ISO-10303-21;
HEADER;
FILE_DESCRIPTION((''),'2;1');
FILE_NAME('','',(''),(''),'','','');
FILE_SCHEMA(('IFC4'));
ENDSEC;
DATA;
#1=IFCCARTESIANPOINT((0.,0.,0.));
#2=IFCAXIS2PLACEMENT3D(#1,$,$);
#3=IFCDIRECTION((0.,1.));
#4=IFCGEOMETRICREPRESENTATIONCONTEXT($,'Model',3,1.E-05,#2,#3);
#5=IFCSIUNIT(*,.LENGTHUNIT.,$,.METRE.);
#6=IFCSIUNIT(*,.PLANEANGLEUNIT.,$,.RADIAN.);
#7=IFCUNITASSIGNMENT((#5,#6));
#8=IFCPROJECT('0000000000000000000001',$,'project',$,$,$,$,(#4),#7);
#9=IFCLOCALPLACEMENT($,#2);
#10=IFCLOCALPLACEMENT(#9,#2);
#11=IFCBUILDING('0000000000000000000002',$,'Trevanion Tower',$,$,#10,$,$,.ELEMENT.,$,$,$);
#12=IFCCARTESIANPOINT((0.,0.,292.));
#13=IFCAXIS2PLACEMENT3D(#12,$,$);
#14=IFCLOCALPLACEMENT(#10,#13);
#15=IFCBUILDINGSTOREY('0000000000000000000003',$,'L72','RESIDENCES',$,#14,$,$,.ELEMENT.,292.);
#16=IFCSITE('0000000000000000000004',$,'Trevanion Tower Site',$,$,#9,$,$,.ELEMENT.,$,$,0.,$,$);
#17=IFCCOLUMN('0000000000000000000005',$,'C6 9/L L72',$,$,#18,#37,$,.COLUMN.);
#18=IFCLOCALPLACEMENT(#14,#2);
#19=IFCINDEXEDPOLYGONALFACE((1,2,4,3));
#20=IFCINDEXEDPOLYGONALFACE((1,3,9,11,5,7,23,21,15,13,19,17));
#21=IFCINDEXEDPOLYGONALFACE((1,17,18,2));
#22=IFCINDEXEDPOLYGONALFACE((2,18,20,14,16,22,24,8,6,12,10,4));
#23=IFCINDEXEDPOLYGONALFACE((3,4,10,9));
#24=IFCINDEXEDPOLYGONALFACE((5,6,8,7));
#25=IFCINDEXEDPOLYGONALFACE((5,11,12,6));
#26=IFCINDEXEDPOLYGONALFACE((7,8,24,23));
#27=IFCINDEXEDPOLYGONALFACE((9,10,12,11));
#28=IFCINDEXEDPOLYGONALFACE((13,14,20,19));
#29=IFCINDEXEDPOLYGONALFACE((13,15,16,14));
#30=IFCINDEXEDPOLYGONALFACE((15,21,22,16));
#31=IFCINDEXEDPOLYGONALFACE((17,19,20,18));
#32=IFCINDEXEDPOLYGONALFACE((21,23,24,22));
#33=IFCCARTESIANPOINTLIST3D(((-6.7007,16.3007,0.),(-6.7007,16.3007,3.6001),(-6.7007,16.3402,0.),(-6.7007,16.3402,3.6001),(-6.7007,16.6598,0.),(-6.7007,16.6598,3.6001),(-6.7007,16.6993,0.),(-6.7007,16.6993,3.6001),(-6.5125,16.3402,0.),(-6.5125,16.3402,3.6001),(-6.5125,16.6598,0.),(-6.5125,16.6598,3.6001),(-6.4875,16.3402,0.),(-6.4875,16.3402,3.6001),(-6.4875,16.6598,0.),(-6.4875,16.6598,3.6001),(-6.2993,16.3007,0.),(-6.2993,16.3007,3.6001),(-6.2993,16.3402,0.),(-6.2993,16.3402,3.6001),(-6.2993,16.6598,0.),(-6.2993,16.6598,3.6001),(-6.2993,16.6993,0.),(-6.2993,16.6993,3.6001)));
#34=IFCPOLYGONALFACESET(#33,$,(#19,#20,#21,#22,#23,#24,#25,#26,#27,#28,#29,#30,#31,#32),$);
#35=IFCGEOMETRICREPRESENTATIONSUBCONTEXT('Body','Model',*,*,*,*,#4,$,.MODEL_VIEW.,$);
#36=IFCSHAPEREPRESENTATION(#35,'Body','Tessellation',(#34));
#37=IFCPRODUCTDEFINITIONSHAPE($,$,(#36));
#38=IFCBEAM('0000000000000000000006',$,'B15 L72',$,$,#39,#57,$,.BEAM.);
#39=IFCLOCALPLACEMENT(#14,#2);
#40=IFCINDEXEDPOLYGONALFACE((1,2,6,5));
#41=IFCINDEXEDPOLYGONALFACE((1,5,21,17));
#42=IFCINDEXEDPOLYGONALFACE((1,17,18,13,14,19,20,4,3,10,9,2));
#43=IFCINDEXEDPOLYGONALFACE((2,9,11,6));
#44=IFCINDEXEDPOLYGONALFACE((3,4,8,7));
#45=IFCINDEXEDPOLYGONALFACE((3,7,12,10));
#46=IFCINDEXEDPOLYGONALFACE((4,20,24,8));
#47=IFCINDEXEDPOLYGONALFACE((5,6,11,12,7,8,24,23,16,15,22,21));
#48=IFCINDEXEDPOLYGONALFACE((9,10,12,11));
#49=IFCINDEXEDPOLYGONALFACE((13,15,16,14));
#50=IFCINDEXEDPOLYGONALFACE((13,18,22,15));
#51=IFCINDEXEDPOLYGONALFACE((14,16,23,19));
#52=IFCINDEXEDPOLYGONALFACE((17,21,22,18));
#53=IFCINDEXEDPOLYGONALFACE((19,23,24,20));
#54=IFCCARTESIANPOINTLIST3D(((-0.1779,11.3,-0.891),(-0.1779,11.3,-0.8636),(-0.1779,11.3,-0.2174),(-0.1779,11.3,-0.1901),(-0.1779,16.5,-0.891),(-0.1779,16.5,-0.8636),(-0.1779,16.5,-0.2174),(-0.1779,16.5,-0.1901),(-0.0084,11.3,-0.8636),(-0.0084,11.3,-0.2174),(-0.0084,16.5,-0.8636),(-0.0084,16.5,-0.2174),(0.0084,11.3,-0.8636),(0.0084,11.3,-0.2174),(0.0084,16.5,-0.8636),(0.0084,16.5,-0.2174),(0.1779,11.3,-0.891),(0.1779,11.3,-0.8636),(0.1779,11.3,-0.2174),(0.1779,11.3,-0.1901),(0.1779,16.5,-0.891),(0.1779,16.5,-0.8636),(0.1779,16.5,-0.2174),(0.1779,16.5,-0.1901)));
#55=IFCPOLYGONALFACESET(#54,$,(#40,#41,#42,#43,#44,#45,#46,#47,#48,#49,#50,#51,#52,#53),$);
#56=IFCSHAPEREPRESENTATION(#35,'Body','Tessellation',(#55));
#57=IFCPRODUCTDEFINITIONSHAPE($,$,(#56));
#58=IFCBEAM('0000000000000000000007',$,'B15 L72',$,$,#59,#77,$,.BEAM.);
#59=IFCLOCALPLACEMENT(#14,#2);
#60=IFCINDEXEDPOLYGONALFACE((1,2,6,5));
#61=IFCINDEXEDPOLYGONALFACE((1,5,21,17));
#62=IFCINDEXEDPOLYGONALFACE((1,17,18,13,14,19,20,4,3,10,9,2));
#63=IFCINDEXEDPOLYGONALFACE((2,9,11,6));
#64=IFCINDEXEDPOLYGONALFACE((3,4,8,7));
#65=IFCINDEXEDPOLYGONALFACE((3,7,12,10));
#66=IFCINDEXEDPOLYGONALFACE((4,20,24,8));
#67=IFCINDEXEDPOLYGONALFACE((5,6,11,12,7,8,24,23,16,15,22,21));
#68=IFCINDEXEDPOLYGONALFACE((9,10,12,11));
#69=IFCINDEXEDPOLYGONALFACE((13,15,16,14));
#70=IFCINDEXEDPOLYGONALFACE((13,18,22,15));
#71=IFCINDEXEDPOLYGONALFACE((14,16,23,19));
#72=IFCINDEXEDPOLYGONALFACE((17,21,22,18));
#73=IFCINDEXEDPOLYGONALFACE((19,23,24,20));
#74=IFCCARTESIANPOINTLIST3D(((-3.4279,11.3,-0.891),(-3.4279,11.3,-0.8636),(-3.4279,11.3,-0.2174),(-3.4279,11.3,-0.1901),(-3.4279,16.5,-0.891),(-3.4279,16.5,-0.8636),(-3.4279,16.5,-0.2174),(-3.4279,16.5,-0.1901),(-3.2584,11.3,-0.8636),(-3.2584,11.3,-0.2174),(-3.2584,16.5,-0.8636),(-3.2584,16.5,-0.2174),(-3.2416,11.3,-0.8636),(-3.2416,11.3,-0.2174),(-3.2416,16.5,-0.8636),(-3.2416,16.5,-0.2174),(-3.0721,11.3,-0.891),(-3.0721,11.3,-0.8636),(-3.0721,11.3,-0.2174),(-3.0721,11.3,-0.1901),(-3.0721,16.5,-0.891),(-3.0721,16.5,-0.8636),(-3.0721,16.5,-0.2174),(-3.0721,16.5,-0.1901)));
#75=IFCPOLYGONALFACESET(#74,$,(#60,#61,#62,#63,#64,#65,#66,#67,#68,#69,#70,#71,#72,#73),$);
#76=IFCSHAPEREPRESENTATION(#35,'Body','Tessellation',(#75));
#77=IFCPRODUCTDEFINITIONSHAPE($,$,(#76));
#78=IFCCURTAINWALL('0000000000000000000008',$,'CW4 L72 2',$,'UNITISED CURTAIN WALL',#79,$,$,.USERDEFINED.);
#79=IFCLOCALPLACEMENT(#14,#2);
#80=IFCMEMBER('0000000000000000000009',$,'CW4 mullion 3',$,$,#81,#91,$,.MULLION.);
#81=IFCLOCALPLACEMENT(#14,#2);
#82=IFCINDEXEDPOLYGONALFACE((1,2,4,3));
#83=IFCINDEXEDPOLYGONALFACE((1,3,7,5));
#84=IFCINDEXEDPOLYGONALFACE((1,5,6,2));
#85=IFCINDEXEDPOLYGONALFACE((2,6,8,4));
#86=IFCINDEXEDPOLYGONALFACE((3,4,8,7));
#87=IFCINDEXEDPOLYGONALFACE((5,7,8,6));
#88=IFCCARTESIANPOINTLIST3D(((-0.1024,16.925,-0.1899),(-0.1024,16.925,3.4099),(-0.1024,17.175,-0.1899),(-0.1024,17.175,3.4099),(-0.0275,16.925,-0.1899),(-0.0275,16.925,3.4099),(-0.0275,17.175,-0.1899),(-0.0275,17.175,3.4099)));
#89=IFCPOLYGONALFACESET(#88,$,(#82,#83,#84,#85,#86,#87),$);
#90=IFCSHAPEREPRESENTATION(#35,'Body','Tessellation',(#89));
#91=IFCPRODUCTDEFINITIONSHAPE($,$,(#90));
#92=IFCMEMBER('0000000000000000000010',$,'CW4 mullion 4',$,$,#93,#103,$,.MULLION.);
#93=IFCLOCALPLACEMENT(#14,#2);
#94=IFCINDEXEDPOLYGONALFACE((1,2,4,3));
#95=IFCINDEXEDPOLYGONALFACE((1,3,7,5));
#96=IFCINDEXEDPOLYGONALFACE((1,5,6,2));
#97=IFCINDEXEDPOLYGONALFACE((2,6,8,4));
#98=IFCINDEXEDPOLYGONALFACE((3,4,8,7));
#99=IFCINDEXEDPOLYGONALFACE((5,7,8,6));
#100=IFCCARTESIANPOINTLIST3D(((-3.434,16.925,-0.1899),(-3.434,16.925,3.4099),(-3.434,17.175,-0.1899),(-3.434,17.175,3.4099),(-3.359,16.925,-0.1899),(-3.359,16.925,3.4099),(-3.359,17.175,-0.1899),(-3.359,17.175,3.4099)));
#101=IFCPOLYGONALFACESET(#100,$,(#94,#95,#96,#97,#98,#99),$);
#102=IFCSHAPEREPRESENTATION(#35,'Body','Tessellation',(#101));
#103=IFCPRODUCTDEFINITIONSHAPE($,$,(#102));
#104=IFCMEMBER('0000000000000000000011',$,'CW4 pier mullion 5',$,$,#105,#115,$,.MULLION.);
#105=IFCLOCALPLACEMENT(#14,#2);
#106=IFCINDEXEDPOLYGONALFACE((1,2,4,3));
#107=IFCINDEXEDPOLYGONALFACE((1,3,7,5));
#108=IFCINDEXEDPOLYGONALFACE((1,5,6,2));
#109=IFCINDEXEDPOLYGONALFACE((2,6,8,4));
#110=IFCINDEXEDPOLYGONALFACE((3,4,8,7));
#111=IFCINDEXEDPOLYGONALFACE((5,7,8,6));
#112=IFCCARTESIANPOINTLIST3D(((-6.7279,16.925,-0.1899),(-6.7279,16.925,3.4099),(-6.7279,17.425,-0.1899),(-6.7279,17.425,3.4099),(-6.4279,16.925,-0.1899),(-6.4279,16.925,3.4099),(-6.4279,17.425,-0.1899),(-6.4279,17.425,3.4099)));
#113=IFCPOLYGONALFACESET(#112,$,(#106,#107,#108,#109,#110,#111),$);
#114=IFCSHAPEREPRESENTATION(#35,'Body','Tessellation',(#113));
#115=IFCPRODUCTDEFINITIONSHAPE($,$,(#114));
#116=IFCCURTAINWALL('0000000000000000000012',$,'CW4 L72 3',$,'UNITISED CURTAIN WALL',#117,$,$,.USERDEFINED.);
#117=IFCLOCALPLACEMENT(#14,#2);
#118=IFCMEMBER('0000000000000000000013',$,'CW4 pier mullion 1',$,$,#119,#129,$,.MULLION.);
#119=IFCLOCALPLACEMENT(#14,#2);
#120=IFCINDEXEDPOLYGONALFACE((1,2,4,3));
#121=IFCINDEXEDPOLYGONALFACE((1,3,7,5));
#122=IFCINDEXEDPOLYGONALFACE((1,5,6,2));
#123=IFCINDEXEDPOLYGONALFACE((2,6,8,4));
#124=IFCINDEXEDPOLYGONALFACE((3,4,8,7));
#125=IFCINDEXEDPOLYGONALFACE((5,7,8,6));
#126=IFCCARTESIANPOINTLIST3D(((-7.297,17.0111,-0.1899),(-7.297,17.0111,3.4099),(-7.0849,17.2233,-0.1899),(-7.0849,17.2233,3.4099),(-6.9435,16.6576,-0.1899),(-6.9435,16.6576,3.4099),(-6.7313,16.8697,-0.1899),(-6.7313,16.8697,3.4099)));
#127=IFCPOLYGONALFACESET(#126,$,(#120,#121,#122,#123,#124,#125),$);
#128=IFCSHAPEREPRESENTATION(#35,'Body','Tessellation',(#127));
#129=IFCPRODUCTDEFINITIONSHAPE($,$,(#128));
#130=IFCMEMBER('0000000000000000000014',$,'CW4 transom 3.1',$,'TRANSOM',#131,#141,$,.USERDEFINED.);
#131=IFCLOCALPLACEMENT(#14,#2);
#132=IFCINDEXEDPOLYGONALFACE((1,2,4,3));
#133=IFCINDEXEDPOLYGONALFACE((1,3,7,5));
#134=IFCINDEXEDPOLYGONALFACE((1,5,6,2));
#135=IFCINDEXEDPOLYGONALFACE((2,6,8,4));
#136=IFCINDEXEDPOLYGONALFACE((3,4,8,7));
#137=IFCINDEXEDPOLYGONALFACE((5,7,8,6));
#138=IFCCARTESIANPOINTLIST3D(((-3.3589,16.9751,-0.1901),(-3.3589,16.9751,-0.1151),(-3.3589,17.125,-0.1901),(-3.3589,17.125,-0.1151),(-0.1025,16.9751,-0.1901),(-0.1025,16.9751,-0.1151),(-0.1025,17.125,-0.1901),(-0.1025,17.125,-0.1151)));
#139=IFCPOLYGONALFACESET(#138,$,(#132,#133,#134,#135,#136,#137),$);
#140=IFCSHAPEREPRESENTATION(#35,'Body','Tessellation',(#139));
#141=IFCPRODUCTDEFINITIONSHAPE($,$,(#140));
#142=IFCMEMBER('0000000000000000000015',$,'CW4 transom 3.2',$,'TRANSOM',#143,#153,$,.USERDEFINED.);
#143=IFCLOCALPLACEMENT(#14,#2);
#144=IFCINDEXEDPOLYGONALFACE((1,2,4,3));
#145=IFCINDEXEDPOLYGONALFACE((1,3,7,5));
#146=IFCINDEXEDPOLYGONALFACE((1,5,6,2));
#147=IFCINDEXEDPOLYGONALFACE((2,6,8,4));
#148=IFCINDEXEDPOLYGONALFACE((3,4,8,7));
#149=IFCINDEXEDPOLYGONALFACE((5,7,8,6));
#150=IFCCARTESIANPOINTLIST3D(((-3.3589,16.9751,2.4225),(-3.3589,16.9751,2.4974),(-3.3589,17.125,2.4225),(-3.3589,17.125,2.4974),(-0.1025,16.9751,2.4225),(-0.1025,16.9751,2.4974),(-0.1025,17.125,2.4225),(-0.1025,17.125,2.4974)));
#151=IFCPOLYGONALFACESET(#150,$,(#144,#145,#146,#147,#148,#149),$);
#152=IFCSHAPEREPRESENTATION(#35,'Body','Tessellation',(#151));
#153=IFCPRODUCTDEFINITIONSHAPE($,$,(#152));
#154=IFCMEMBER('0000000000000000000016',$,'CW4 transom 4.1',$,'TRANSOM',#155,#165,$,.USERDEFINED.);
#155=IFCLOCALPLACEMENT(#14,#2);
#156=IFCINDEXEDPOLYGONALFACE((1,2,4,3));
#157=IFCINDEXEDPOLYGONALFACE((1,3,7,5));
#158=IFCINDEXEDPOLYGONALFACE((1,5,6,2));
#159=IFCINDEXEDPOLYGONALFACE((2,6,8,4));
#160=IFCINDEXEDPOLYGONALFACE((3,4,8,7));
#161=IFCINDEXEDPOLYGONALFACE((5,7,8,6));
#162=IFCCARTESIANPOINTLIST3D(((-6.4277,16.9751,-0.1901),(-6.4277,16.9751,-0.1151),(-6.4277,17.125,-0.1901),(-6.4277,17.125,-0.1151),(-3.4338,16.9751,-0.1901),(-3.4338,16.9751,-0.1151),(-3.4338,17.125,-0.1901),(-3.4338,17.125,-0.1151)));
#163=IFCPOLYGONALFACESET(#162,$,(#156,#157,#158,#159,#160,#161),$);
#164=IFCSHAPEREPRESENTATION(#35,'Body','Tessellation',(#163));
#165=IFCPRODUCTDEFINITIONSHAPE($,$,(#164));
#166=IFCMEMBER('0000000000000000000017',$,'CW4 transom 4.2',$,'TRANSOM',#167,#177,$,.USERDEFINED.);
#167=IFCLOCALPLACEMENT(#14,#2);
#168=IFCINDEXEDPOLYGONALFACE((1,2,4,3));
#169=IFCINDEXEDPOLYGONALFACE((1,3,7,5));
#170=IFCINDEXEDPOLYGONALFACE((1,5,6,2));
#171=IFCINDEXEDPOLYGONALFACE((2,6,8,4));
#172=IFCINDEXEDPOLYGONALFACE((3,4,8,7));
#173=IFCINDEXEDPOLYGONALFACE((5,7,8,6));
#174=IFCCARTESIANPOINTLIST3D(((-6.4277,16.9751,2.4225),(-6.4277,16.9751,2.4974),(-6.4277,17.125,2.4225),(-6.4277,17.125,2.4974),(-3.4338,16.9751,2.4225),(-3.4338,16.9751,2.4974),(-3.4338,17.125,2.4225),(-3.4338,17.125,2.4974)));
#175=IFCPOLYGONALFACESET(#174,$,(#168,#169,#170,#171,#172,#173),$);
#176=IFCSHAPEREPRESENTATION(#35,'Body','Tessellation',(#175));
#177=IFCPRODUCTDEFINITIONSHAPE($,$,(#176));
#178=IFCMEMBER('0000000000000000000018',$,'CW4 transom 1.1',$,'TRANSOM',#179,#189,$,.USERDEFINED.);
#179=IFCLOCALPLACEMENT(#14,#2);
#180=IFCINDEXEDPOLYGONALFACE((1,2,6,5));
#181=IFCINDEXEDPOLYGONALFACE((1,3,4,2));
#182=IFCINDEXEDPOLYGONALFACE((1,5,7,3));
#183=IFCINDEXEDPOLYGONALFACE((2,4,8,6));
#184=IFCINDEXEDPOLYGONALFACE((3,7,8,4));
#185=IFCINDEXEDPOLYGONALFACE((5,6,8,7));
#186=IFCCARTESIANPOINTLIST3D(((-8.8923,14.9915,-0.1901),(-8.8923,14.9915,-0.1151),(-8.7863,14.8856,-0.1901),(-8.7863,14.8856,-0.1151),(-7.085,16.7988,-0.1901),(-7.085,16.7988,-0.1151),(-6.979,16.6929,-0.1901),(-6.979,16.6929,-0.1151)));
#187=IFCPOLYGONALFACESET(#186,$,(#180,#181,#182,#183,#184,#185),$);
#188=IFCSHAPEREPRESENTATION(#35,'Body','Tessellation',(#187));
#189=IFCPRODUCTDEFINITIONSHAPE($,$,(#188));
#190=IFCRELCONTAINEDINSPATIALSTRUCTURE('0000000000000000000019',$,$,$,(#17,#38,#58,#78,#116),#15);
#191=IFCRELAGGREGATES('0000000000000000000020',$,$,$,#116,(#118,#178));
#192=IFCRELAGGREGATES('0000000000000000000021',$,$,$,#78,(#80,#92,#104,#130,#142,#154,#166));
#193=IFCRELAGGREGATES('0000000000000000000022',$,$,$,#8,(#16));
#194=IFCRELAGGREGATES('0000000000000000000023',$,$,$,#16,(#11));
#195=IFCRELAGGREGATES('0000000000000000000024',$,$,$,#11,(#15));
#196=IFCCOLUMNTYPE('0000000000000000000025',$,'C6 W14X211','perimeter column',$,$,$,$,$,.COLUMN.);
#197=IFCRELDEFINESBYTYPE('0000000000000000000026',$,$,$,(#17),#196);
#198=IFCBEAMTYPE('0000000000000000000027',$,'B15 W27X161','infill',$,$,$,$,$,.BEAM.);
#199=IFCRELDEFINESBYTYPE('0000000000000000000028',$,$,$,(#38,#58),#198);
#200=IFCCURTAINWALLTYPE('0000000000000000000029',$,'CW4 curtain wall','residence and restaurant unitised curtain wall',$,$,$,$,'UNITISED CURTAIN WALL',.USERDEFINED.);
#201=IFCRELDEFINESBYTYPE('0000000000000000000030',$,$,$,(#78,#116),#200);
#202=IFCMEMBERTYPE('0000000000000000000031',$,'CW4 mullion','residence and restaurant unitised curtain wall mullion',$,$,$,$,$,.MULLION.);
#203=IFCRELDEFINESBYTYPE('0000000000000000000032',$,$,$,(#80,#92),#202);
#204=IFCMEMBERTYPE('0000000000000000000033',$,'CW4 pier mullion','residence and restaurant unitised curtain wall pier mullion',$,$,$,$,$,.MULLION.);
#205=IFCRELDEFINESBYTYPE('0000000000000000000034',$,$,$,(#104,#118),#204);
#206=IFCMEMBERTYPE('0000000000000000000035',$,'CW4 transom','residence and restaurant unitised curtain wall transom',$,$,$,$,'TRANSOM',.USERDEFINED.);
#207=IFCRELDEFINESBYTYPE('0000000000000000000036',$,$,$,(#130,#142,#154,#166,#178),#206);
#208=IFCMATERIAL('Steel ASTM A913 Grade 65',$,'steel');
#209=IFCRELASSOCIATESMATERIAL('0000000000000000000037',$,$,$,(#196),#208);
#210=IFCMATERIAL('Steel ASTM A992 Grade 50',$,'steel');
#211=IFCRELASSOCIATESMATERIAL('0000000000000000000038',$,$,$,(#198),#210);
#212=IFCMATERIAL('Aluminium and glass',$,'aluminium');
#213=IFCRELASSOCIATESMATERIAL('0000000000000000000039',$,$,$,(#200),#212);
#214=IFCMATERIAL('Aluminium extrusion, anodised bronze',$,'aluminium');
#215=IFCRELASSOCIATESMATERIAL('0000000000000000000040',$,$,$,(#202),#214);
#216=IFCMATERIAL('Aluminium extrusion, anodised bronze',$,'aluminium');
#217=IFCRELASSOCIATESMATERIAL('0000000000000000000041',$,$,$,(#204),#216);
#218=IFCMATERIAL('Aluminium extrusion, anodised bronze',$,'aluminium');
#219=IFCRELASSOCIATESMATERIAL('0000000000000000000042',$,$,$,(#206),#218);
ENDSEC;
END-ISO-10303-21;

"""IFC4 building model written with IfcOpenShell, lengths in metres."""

from ifc_helpers import new_model, si_unit, direction, frame, origin, origin_2d, place, context, subcontext, project, spatial, rectangle, i_section, extrude, material, material_profile, profile_set, type_object, element, aggregate, save


model = new_model("IFC4")

# Units and contexts
model_context = context("Model", 3, precision=1e-05, world=origin(), true_north=direction((0.0, 1.0)))
body_context = subcontext(model_context, "Body", "Model", "MODEL_VIEW")
ifc_project = project(units=[si_unit("LENGTHUNIT", "METRE"), si_unit("PLANEANGLEUNIT", "RADIAN")], contexts=[model_context])

# Site, building, storey
site_placement = place(None, origin())
site = spatial("IfcSite", under=ifc_project, at=site_placement, Name="Trevanion Tower Site", CompositionType="ELEMENT", RefElevation=0.0)
building_placement = place(site_placement, origin())
building = spatial("IfcBuilding", under=site, at=building_placement, Name="Trevanion Tower", CompositionType="ELEMENT")
storey_placement = place(building_placement, frame((0.0, 0.0, 292.0)))
storey = spatial("IfcBuildingStorey", under=building, at=storey_placement, Name="L72", Description="RESIDENCES", CompositionType="ELEMENT", Elevation=292.0)

# Column
ifc_material_1 = material(Name="Steel ASTM A913 Grade 65", Category="steel")
ifc_material_profile_1 = material_profile(ifc_material_1, i_section(OverallWidth=0.4014, OverallDepth=0.3987, WebThickness=0.0249, FlangeThickness=0.0396, at=origin_2d()), Name="W14X211")
ifc_profile_set_1 = profile_set([ifc_material_profile_1], Name="Steel ASTM A913 Grade 65")
column_type = type_object("IfcColumnType", Name="C6 W14X211", Description="perimeter column", PredefinedType="COLUMN", material=ifc_profile_set_1)
column_placement = place(storey_placement, frame((-6.5, 16.5, 0.0), z_axis=(0.0, 0.0, 1.0), x_axis=(1.0, 0.0, 0.0)))
element("IfcColumn", 1, at=column_placement, inside=storey, type_object=column_type, Name="C6 9/L L72", PredefinedType="COLUMN", context=body_context, shape_type="SweptSolid", body=[
    extrude(i_section(OverallWidth=0.4014, OverallDepth=0.3987, WebThickness=0.0249, FlangeThickness=0.0396, at=origin_2d()), origin(), (0.0, 0.0, 1.0), 3.6001),
])

# Beams
ifc_material_2 = material(Name="Steel ASTM A992 Grade 50", Category="steel")
ifc_material_profile_2 = material_profile(ifc_material_2, i_section(OverallWidth=0.3557, OverallDepth=0.7009, WebThickness=0.0168, FlangeThickness=0.0273, at=origin_2d()), Name="W27X161")
ifc_profile_set_2 = profile_set([ifc_material_profile_2], Name="Steel ASTM A992 Grade 50")
beam_type_1 = type_object("IfcBeamType", Name="B15 W27X161", Description="infill", PredefinedType="BEAM", material=ifc_profile_set_2)
for number, where, z_axis, x_axis, name in (
    (2, (0.0, 11.3, -0.5405), (0.0, 1.0, 0.0), (-1.0, 0.0, 0.0), "B15 L72"),
    (3, (-3.25, 11.3, -0.5405), (0.0, 1.0, 0.0), (-1.0, 0.0, 0.0), "B15 L72"),
):
    element("IfcBeam", number, at=place(storey_placement, frame(where, z_axis=z_axis, x_axis=x_axis)), inside=storey, type_object=beam_type_1, Name=name, PredefinedType="BEAM", context=body_context, shape_type="SweptSolid", body=[
        extrude(i_section(OverallWidth=0.3557, OverallDepth=0.7009, WebThickness=0.0168, FlangeThickness=0.0273, at=origin_2d()), origin(), (0.0, 0.0, 1.0), 5.2),
    ])

# Curtain wall, members
ifc_material_3 = material(Name="Aluminium and glass", Category="aluminium")
curtain_wall_type = type_object("IfcCurtainWallType", Name="CW4 curtain wall", Description="residence and restaurant unitised curtain wall", ElementType="UNITISED CURTAIN WALL", PredefinedType="USERDEFINED", material=ifc_material_3)
curtain_wall_1_placement = place(storey_placement, origin())
curtain_wall_1 = element("IfcCurtainWall", 4, at=curtain_wall_1_placement, inside=storey, type_object=curtain_wall_type, Name="CW4 L72 2", ObjectType="UNITISED CURTAIN WALL", PredefinedType="USERDEFINED")
ifc_material_4 = material(Name="Aluminium extrusion, anodised bronze", Category="aluminium")
ifc_material_profile_3 = material_profile(ifc_material_4, rectangle(XDim=0.075, YDim=0.25, at=origin_2d()), Name="CW4 mullion")
ifc_profile_set_3 = profile_set([ifc_material_profile_3], Name="Aluminium extrusion, anodised bronze")
member_type_1 = type_object("IfcMemberType", Name="CW4 mullion", Description="residence and restaurant unitised curtain wall mullion", PredefinedType="MULLION", material=ifc_profile_set_3)
member_1_placement = place(storey_placement, frame((-0.0649, 17.05, -0.1899), z_axis=(0.0, 0.0, 1.0), x_axis=(-1.0, 0.0, 0.0)))
member_1 = element("IfcMember", 5, at=member_1_placement, type_object=member_type_1, Name="CW4 mullion 3", PredefinedType="MULLION", context=body_context, shape_type="SweptSolid", body=[
    extrude(rectangle(XDim=0.075, YDim=0.25, at=origin_2d()), origin(), (0.0, 0.0, 1.0), 3.5999),
])
member_2_placement = place(storey_placement, frame((-3.3965, 17.05, -0.1899), z_axis=(0.0, 0.0, 1.0), x_axis=(-1.0, 0.0, 0.0)))
member_2 = element("IfcMember", 6, at=member_2_placement, type_object=member_type_1, Name="CW4 mullion 4", PredefinedType="MULLION", context=body_context, shape_type="SweptSolid", body=[
    extrude(rectangle(XDim=0.075, YDim=0.25, at=origin_2d()), origin(), (0.0, 0.0, 1.0), 3.5999),
])
ifc_material_5 = material(Name="Aluminium extrusion, anodised bronze", Category="aluminium")
ifc_material_profile_4 = material_profile(ifc_material_5, rectangle(XDim=0.3, YDim=0.5, at=origin_2d()), Name="CW4 pier mullion")
ifc_profile_set_4 = profile_set([ifc_material_profile_4], Name="Aluminium extrusion, anodised bronze")
member_type_2 = type_object("IfcMemberType", Name="CW4 pier mullion", Description="residence and restaurant unitised curtain wall pier mullion", PredefinedType="MULLION", material=ifc_profile_set_4)
member_3_placement = place(storey_placement, frame((-6.5779, 17.175, -0.1899), z_axis=(0.0, 0.0, 1.0), x_axis=(-1.0, 0.0, 0.0)))
member_3 = element("IfcMember", 7, at=member_3_placement, type_object=member_type_2, Name="CW4 pier mullion 5", PredefinedType="MULLION", context=body_context, shape_type="SweptSolid", body=[
    extrude(rectangle(XDim=0.3, YDim=0.5, at=origin_2d()), origin(), (0.0, 0.0, 1.0), 3.5999),
])

# Curtain wall, member
curtain_wall_2_placement = place(storey_placement, origin())
curtain_wall_2 = element("IfcCurtainWall", 8, at=curtain_wall_2_placement, inside=storey, type_object=curtain_wall_type, Name="CW4 L72 3", ObjectType="UNITISED CURTAIN WALL", PredefinedType="USERDEFINED")
member_4_placement = place(storey_placement, frame((-7.0142, 16.9404, -0.1899), z_axis=(0.0, 0.0, 1.0), x_axis=(-0.707107, -0.707107, 0.0)))
member_4 = element("IfcMember", 9, at=member_4_placement, type_object=member_type_2, Name="CW4 pier mullion 1", PredefinedType="MULLION", context=body_context, shape_type="SweptSolid", body=[
    extrude(rectangle(XDim=0.3, YDim=0.5, at=origin_2d()), origin(), (0.0, 0.0, 1.0), 3.5999),
])

# Members
ifc_material_6 = material(Name="Aluminium extrusion, anodised bronze", Category="aluminium")
ifc_material_profile_5 = material_profile(ifc_material_6, rectangle(XDim=0.1499, YDim=0.075, at=origin_2d()), Name="CW4 transom")
ifc_profile_set_5 = profile_set([ifc_material_profile_5], Name="Aluminium extrusion, anodised bronze")
member_type_3 = type_object("IfcMemberType", Name="CW4 transom", Description="residence and restaurant unitised curtain wall transom", ElementType="TRANSOM", PredefinedType="USERDEFINED", material=ifc_profile_set_5)
member_5_placement = place(storey_placement, frame((-0.1025, 17.05, -0.1526), z_axis=(-1.0, 0.0, 0.0), x_axis=(0.0, -1.0, 0.0)))
member_5 = element("IfcMember", 10, at=member_5_placement, type_object=member_type_3, Name="CW4 transom 3.1", ObjectType="TRANSOM", PredefinedType="USERDEFINED", context=body_context, shape_type="SweptSolid", body=[
    extrude(rectangle(XDim=0.1499, YDim=0.075, at=origin_2d()), origin(), (0.0, 0.0, 1.0), 3.2563),
])
member_6_placement = place(storey_placement, frame((-0.1025, 17.05, 2.46), z_axis=(-1.0, 0.0, 0.0), x_axis=(0.0, -1.0, 0.0)))
member_6 = element("IfcMember", 11, at=member_6_placement, type_object=member_type_3, Name="CW4 transom 3.2", ObjectType="TRANSOM", PredefinedType="USERDEFINED", context=body_context, shape_type="SweptSolid", body=[
    extrude(rectangle(XDim=0.1499, YDim=0.075, at=origin_2d()), origin(), (0.0, 0.0, 1.0), 3.2563),
])
member_7_placement = place(storey_placement, frame((-3.4338, 17.05, -0.1526), z_axis=(-1.0, 0.0, 0.0), x_axis=(0.0, -1.0, 0.0)))
member_7 = element("IfcMember", 12, at=member_7_placement, type_object=member_type_3, Name="CW4 transom 4.1", ObjectType="TRANSOM", PredefinedType="USERDEFINED", context=body_context, shape_type="SweptSolid", body=[
    extrude(rectangle(XDim=0.1499, YDim=0.075, at=origin_2d()), origin(), (0.0, 0.0, 1.0), 2.9939),
])
member_8_placement = place(storey_placement, frame((-3.4338, 17.05, 2.46), z_axis=(-1.0, 0.0, 0.0), x_axis=(0.0, -1.0, 0.0)))
member_8 = element("IfcMember", 13, at=member_8_placement, type_object=member_type_3, Name="CW4 transom 4.2", ObjectType="TRANSOM", PredefinedType="USERDEFINED", context=body_context, shape_type="SweptSolid", body=[
    extrude(rectangle(XDim=0.1499, YDim=0.075, at=origin_2d()), origin(), (0.0, 0.0, 1.0), 2.9939),
])
member_9_placement = place(storey_placement, frame((-7.032, 16.7458, -0.1526), z_axis=(-0.707107, -0.707107, 0.0), x_axis=(0.707107, -0.707107, 0.0)))
member_9 = element("IfcMember", 14, at=member_9_placement, type_object=member_type_3, Name="CW4 transom 1.1", ObjectType="TRANSOM", PredefinedType="USERDEFINED", context=body_context, shape_type="SweptSolid", body=[
    extrude(rectangle(XDim=0.1499, YDim=0.075, at=origin_2d()), origin(), (0.0, 0.0, 1.0), 2.5559),
])
aggregate(curtain_wall_2, [member_4, member_9])

aggregate(curtain_wall_1, [member_1, member_2, member_3, member_5, member_6, member_7, member_8])

save(model, "model.ifc")
